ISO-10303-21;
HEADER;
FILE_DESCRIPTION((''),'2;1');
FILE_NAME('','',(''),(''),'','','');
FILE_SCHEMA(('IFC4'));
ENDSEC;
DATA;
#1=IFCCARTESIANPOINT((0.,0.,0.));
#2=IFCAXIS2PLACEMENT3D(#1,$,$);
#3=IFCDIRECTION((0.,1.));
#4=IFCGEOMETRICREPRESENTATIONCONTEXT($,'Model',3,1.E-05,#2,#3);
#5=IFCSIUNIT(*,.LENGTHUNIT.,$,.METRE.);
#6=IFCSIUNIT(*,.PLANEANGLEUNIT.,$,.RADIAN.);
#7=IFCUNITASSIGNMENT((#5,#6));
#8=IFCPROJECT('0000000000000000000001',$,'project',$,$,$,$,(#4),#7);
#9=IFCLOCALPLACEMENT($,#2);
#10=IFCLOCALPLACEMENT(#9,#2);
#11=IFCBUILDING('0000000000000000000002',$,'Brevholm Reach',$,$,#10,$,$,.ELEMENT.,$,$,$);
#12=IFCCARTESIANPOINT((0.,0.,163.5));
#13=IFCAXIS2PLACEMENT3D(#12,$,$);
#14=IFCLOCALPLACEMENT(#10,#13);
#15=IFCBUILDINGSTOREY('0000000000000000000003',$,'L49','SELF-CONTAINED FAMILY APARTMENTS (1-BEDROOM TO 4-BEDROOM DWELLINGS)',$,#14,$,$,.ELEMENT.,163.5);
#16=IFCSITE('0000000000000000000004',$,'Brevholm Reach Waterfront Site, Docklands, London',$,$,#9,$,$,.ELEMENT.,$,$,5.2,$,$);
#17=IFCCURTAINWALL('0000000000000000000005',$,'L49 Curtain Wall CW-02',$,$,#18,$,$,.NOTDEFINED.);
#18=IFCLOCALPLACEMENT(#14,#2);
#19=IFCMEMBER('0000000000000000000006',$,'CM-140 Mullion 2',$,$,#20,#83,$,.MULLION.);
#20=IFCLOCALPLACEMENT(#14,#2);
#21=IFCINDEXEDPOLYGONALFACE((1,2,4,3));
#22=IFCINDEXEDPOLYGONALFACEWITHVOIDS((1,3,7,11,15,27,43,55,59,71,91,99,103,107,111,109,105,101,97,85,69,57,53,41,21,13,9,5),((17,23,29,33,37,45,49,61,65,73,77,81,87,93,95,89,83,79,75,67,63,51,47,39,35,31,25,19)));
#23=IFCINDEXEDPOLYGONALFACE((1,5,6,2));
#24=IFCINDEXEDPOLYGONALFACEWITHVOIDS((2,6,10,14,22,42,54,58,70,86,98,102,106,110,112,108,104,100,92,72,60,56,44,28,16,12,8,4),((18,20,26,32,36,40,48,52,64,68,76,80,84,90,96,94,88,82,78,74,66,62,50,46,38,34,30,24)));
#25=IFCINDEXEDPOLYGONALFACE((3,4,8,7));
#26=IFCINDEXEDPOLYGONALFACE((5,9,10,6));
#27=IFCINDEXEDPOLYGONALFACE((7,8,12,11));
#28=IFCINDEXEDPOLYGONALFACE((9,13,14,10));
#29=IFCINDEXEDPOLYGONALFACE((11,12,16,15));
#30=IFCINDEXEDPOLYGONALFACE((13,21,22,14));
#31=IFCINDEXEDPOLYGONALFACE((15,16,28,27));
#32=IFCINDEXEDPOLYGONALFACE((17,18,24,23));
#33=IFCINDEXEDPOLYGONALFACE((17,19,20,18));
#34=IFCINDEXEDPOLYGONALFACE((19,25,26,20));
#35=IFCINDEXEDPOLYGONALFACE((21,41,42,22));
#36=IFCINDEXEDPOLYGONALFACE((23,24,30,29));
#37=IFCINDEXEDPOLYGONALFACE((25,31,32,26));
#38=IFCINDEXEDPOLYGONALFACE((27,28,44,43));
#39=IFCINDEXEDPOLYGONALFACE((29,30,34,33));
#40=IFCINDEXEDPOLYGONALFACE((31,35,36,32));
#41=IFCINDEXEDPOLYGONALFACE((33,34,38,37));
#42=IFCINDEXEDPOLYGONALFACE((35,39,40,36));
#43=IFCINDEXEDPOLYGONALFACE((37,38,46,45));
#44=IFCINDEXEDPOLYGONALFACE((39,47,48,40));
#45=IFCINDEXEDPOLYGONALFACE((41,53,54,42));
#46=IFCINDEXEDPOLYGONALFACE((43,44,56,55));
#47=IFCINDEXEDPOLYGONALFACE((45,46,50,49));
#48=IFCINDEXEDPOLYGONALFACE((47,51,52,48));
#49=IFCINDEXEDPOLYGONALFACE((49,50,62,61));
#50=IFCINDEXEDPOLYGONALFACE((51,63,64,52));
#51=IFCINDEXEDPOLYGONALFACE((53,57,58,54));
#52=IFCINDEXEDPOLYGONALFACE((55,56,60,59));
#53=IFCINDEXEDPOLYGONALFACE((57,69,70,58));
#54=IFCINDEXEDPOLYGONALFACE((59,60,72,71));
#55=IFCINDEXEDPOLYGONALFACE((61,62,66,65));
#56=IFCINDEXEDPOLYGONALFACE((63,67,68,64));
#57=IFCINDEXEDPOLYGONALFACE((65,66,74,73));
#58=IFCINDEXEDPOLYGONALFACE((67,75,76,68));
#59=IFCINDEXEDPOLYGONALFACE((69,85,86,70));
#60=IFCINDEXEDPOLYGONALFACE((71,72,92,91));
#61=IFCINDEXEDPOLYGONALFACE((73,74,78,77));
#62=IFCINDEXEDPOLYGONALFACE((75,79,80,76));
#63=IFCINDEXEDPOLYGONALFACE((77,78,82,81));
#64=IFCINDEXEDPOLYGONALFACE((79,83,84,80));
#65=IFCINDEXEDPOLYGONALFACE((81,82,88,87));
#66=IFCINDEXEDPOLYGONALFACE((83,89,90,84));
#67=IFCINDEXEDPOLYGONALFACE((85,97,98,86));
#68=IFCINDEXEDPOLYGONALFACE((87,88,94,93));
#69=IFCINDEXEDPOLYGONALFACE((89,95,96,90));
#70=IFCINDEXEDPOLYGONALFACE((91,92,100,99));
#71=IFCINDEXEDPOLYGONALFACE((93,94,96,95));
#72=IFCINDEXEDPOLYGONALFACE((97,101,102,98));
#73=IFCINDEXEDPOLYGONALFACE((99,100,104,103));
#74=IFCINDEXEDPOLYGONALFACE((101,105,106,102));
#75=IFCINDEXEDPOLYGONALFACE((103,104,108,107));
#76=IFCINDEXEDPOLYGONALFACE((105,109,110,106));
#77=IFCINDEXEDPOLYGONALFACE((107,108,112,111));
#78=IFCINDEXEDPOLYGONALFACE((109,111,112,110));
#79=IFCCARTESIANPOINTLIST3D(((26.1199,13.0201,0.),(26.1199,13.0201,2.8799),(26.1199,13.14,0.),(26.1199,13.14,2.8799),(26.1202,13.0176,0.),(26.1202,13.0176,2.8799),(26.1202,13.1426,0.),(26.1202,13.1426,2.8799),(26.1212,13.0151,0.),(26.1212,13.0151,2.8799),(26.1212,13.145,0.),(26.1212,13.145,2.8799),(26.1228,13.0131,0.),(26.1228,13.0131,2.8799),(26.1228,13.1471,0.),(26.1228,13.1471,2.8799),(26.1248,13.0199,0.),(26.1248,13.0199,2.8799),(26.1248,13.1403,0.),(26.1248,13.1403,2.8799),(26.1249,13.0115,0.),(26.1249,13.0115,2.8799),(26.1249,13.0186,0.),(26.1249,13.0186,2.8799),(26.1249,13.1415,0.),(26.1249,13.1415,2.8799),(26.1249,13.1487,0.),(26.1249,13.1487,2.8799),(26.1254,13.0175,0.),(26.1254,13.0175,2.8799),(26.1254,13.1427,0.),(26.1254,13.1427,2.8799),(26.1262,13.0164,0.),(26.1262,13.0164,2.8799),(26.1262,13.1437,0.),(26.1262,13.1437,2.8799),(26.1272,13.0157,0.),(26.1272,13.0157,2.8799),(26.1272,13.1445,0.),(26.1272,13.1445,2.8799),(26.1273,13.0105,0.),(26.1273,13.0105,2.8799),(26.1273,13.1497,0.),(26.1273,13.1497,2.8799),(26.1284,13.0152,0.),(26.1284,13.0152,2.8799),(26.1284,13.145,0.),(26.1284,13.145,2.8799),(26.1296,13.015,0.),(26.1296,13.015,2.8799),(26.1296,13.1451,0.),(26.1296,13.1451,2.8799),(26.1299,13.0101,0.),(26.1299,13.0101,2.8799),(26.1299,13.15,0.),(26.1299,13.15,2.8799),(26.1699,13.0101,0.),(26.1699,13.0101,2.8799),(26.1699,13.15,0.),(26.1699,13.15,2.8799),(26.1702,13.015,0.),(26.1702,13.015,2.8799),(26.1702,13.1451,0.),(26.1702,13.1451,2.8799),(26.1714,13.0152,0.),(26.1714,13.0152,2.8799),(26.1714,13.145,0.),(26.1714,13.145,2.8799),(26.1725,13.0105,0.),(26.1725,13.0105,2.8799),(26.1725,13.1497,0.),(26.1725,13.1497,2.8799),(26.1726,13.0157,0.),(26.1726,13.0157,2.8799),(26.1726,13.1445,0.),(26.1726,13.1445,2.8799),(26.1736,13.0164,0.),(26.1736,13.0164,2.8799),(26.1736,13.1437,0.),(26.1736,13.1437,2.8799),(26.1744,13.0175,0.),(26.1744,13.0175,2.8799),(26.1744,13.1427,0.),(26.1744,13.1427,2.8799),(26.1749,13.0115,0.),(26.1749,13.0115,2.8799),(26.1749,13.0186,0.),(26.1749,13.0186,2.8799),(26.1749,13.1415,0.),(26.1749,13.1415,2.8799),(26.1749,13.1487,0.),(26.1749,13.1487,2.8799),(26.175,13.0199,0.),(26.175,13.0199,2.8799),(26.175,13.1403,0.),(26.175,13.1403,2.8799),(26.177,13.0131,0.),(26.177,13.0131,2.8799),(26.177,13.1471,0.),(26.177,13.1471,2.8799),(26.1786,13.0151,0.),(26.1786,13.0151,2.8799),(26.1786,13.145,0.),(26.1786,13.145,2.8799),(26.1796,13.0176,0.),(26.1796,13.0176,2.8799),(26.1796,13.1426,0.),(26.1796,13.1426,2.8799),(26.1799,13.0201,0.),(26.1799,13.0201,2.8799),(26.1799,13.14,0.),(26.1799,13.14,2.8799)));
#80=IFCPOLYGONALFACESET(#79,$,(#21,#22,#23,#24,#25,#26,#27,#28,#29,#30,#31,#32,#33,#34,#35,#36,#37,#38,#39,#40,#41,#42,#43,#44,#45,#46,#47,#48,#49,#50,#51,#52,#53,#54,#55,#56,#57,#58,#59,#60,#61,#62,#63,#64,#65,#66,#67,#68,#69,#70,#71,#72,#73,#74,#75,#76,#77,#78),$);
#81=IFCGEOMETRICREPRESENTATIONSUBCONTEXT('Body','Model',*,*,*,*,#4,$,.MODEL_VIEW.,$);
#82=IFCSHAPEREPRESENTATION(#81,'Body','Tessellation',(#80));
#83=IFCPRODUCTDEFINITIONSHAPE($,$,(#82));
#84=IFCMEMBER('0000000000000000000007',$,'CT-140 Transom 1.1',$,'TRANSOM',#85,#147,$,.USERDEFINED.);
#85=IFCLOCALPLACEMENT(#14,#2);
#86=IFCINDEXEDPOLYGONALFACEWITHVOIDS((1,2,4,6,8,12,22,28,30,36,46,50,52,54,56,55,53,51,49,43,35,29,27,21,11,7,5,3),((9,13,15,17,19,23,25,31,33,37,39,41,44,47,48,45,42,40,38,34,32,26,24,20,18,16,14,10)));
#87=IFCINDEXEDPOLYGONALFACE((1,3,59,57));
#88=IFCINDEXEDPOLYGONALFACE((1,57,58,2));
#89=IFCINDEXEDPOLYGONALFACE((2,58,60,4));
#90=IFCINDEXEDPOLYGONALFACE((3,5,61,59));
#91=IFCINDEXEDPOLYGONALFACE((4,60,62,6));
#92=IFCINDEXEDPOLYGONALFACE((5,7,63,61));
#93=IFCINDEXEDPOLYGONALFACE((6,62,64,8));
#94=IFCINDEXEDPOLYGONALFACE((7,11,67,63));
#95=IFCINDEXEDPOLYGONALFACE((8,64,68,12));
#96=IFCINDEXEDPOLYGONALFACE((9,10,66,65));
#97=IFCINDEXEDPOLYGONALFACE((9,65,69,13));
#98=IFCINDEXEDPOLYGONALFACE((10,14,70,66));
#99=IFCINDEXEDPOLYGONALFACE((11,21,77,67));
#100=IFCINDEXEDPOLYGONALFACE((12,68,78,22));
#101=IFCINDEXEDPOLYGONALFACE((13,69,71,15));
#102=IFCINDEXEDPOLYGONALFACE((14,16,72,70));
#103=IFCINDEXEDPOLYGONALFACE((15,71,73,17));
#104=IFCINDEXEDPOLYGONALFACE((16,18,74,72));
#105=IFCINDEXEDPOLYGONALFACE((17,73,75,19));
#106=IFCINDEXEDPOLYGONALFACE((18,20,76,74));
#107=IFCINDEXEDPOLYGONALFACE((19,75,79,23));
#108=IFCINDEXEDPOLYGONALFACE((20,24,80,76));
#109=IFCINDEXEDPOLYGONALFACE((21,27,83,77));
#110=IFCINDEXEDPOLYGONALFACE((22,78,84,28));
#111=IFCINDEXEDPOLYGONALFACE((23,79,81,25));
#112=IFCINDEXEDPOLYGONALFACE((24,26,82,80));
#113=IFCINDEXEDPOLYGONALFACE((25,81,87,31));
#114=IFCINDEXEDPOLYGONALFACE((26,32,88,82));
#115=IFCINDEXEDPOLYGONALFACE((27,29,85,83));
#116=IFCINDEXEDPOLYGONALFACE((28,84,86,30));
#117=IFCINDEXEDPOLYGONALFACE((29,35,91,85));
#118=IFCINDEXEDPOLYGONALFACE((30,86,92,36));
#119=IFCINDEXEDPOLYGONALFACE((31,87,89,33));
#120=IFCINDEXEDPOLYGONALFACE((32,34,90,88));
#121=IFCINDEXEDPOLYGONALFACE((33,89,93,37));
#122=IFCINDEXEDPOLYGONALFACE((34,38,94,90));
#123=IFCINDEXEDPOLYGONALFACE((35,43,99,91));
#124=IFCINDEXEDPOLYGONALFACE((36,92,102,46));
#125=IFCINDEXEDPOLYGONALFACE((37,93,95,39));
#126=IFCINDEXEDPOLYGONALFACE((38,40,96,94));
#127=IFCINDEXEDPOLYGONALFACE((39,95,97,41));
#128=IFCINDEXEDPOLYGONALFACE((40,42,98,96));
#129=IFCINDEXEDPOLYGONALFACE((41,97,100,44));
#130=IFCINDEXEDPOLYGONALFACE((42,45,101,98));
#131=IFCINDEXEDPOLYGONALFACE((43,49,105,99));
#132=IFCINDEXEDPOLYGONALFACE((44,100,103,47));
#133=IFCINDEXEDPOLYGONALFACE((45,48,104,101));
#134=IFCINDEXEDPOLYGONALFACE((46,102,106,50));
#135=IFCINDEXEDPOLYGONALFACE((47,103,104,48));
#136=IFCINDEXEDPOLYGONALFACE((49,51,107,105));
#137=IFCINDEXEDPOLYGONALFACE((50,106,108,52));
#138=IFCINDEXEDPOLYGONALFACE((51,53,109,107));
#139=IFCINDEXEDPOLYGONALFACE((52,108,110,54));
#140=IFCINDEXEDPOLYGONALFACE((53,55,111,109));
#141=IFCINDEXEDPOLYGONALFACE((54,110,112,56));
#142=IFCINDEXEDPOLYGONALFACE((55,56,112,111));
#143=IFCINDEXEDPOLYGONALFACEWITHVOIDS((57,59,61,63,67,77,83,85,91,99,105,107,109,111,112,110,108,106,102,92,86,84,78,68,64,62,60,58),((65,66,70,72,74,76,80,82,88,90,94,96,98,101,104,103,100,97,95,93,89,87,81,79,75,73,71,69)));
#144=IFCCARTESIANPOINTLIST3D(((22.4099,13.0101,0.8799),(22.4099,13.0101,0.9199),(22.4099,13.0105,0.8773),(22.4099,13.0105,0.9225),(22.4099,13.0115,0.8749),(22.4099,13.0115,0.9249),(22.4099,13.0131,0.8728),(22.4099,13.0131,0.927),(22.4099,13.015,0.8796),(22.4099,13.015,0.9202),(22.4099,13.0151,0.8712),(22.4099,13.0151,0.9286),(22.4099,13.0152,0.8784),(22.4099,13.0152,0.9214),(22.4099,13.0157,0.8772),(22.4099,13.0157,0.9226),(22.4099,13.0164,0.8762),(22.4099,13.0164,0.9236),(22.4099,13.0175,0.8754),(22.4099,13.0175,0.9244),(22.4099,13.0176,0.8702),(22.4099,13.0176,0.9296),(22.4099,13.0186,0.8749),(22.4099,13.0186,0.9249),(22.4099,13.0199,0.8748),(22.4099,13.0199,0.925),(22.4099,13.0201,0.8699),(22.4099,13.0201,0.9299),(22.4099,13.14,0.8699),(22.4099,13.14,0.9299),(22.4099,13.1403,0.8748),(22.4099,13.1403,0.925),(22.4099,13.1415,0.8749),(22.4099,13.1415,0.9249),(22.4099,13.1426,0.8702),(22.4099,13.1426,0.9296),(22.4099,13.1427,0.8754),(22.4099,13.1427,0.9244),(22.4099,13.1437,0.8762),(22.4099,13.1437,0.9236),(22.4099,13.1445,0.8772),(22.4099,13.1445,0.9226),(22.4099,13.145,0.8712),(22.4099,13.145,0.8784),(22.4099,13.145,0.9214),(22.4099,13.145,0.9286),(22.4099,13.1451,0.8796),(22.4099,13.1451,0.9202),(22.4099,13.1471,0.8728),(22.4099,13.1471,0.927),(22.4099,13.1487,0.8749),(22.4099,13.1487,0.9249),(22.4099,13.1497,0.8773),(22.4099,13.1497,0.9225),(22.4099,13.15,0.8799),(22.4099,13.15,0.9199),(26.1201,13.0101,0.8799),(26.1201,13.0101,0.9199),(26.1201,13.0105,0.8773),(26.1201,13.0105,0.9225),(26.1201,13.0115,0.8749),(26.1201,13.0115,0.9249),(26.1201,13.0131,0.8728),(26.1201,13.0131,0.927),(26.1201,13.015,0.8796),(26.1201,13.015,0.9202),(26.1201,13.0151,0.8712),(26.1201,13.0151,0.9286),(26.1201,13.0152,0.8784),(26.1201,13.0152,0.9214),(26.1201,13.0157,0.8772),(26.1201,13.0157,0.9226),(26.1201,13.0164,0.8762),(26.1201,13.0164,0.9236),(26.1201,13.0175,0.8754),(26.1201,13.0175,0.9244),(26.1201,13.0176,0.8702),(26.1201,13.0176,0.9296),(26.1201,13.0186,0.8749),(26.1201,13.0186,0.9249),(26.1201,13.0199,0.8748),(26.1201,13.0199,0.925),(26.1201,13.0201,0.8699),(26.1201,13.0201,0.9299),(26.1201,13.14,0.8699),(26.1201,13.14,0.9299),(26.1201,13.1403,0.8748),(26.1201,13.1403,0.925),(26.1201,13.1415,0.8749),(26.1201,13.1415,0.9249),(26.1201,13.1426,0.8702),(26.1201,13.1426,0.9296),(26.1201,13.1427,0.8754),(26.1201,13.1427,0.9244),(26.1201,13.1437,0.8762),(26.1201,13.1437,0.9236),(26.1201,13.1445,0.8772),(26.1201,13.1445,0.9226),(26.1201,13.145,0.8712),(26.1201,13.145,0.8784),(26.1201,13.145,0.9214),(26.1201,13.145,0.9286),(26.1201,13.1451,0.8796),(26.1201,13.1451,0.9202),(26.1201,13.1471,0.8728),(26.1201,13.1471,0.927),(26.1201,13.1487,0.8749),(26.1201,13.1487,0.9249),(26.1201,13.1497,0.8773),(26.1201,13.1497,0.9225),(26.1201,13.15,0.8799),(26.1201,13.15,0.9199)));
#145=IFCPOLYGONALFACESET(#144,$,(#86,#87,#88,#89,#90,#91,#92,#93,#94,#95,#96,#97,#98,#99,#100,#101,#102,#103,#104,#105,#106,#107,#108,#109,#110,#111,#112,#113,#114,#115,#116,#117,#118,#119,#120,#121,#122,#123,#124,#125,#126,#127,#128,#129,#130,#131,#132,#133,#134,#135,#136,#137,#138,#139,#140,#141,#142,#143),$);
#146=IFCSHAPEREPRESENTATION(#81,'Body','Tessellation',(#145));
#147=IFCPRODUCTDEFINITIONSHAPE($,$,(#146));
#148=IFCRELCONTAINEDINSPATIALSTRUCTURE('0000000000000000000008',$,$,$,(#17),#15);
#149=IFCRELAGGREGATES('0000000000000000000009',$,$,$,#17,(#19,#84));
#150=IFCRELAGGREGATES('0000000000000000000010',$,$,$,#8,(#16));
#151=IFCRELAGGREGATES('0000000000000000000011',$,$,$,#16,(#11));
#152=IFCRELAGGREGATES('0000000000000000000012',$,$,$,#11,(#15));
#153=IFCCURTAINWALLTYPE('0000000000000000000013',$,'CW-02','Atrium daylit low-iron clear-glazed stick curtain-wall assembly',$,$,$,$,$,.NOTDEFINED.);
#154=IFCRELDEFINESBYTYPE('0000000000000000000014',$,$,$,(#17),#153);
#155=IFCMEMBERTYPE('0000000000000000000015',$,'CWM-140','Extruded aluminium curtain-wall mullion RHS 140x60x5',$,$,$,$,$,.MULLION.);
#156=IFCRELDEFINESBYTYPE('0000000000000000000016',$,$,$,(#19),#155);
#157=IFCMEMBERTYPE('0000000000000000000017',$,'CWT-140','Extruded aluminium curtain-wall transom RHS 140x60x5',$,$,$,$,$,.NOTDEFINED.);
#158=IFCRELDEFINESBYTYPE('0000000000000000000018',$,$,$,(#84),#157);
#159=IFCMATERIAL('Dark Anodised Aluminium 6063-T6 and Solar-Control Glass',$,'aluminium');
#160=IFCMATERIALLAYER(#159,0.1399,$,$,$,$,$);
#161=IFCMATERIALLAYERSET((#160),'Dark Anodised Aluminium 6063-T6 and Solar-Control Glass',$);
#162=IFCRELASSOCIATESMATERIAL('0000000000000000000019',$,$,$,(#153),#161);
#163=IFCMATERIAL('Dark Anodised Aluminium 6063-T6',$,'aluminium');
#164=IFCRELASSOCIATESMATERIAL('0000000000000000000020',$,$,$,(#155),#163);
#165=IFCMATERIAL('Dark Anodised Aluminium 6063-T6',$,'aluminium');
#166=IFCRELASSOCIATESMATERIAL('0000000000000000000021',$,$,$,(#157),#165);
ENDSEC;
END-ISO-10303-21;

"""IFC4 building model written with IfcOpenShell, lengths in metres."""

from ifc_helpers import new_model, si_unit, direction, frame, origin, origin_2d, place, context, subcontext, project, spatial, hollow_rectangle, extrude, material, layer, layer_set, material_profile, profile_set, type_object, element, aggregate, save


model = new_model("IFC4")

# Units and contexts
model_context = context("Model", 3, precision=1e-05, world=origin(), true_north=direction((0.0, 1.0)))
body_context = subcontext(model_context, "Body", "Model", "MODEL_VIEW")
ifc_project = project(units=[si_unit("LENGTHUNIT", "METRE"), si_unit("PLANEANGLEUNIT", "RADIAN")], contexts=[model_context])

# Site, building, storey
site_placement = place(None, origin())
site = spatial("IfcSite", under=ifc_project, at=site_placement, Name="Brevholm Reach Waterfront Site, Docklands, London", CompositionType="ELEMENT", RefElevation=5.2)
building_placement = place(site_placement, origin())
building = spatial("IfcBuilding", under=site, at=building_placement, Name="Brevholm Reach", CompositionType="ELEMENT")
storey_placement = place(building_placement, frame((0.0, 0.0, 163.5)))
storey = spatial("IfcBuildingStorey", under=building, at=storey_placement, Name="L49", Description="SELF-CONTAINED FAMILY APARTMENTS (1-BEDROOM TO 4-BEDROOM DWELLINGS)", CompositionType="ELEMENT", Elevation=163.5)

# Curtain wall, members
ifc_material_1 = material(Name="Dark Anodised Aluminium 6063-T6 and Solar-Control Glass", Category="aluminium")
ifc_layer_1 = layer(ifc_material_1, 0.1399)
ifc_layer_set_1 = layer_set([ifc_layer_1], Name="Dark Anodised Aluminium 6063-T6 and Solar-Control Glass")
curtain_wall_type = type_object("IfcCurtainWallType", Name="CW-02", Description="Atrium daylit low-iron clear-glazed stick curtain-wall assembly", PredefinedType="NOTDEFINED", material=ifc_layer_set_1)
curtain_wall_placement = place(storey_placement, origin())
curtain_wall = element("IfcCurtainWall", 1, at=curtain_wall_placement, inside=storey, type_object=curtain_wall_type, Name="L49 Curtain Wall CW-02", PredefinedType="NOTDEFINED")
ifc_material_2 = material(Name="Dark Anodised Aluminium 6063-T6", Category="aluminium")
ifc_material_profile_1 = material_profile(ifc_material_2, hollow_rectangle(XDim=0.0601, YDim=0.1399, WallThickness=0.0049, InnerFilletRadius=0.0049, OuterFilletRadius=0.01, at=origin_2d()), Name="RHS 140x60x5")
ifc_profile_set_1 = profile_set([ifc_material_profile_1], Name="Dark Anodised Aluminium 6063-T6")
member_type_1 = type_object("IfcMemberType", Name="CWM-140", Description="Extruded aluminium curtain-wall mullion RHS 140x60x5", PredefinedType="MULLION", material=ifc_profile_set_1)
member_1_placement = place(storey_placement, frame((26.1499, 13.0801, 0.0), z_axis=(0.0, 0.0, 1.0), x_axis=(1.0, 0.0, 0.0)))
member_1 = element("IfcMember", 2, at=member_1_placement, type_object=member_type_1, Name="CM-140 Mullion 2", PredefinedType="MULLION", context=body_context, shape_type="SweptSolid", body=[
    extrude(hollow_rectangle(XDim=0.0601, YDim=0.1399, WallThickness=0.0049, InnerFilletRadius=0.0049, OuterFilletRadius=0.01, at=origin_2d()), origin(), (0.0, 0.0, 1.0), 2.8799),
])
ifc_material_3 = material(Name="Dark Anodised Aluminium 6063-T6", Category="aluminium")
ifc_material_profile_2 = material_profile(ifc_material_3, hollow_rectangle(XDim=0.0601, YDim=0.1399, WallThickness=0.0049, InnerFilletRadius=0.0049, OuterFilletRadius=0.01, at=origin_2d()), Name="RHS 140x60x5")
ifc_profile_set_2 = profile_set([ifc_material_profile_2], Name="Dark Anodised Aluminium 6063-T6")
member_type_2 = type_object("IfcMemberType", Name="CWT-140", Description="Extruded aluminium curtain-wall transom RHS 140x60x5", PredefinedType="NOTDEFINED", material=ifc_profile_set_2)
member_2_placement = place(storey_placement, frame((22.4099, 13.0801, 0.8999), z_axis=(1.0, 0.0, 0.0), x_axis=(0.0, 0.0, 1.0)))
member_2 = element("IfcMember", 3, at=member_2_placement, type_object=member_type_2, Name="CT-140 Transom 1.1", ObjectType="TRANSOM", PredefinedType="USERDEFINED", context=body_context, shape_type="SweptSolid", body=[
    extrude(hollow_rectangle(XDim=0.0601, YDim=0.1399, WallThickness=0.0049, InnerFilletRadius=0.0049, OuterFilletRadius=0.01, at=origin_2d()), origin(), (0.0, 0.0, 1.0), 3.7102),
])
aggregate(curtain_wall, [member_1, member_2])

save(model, "model.ifc")
